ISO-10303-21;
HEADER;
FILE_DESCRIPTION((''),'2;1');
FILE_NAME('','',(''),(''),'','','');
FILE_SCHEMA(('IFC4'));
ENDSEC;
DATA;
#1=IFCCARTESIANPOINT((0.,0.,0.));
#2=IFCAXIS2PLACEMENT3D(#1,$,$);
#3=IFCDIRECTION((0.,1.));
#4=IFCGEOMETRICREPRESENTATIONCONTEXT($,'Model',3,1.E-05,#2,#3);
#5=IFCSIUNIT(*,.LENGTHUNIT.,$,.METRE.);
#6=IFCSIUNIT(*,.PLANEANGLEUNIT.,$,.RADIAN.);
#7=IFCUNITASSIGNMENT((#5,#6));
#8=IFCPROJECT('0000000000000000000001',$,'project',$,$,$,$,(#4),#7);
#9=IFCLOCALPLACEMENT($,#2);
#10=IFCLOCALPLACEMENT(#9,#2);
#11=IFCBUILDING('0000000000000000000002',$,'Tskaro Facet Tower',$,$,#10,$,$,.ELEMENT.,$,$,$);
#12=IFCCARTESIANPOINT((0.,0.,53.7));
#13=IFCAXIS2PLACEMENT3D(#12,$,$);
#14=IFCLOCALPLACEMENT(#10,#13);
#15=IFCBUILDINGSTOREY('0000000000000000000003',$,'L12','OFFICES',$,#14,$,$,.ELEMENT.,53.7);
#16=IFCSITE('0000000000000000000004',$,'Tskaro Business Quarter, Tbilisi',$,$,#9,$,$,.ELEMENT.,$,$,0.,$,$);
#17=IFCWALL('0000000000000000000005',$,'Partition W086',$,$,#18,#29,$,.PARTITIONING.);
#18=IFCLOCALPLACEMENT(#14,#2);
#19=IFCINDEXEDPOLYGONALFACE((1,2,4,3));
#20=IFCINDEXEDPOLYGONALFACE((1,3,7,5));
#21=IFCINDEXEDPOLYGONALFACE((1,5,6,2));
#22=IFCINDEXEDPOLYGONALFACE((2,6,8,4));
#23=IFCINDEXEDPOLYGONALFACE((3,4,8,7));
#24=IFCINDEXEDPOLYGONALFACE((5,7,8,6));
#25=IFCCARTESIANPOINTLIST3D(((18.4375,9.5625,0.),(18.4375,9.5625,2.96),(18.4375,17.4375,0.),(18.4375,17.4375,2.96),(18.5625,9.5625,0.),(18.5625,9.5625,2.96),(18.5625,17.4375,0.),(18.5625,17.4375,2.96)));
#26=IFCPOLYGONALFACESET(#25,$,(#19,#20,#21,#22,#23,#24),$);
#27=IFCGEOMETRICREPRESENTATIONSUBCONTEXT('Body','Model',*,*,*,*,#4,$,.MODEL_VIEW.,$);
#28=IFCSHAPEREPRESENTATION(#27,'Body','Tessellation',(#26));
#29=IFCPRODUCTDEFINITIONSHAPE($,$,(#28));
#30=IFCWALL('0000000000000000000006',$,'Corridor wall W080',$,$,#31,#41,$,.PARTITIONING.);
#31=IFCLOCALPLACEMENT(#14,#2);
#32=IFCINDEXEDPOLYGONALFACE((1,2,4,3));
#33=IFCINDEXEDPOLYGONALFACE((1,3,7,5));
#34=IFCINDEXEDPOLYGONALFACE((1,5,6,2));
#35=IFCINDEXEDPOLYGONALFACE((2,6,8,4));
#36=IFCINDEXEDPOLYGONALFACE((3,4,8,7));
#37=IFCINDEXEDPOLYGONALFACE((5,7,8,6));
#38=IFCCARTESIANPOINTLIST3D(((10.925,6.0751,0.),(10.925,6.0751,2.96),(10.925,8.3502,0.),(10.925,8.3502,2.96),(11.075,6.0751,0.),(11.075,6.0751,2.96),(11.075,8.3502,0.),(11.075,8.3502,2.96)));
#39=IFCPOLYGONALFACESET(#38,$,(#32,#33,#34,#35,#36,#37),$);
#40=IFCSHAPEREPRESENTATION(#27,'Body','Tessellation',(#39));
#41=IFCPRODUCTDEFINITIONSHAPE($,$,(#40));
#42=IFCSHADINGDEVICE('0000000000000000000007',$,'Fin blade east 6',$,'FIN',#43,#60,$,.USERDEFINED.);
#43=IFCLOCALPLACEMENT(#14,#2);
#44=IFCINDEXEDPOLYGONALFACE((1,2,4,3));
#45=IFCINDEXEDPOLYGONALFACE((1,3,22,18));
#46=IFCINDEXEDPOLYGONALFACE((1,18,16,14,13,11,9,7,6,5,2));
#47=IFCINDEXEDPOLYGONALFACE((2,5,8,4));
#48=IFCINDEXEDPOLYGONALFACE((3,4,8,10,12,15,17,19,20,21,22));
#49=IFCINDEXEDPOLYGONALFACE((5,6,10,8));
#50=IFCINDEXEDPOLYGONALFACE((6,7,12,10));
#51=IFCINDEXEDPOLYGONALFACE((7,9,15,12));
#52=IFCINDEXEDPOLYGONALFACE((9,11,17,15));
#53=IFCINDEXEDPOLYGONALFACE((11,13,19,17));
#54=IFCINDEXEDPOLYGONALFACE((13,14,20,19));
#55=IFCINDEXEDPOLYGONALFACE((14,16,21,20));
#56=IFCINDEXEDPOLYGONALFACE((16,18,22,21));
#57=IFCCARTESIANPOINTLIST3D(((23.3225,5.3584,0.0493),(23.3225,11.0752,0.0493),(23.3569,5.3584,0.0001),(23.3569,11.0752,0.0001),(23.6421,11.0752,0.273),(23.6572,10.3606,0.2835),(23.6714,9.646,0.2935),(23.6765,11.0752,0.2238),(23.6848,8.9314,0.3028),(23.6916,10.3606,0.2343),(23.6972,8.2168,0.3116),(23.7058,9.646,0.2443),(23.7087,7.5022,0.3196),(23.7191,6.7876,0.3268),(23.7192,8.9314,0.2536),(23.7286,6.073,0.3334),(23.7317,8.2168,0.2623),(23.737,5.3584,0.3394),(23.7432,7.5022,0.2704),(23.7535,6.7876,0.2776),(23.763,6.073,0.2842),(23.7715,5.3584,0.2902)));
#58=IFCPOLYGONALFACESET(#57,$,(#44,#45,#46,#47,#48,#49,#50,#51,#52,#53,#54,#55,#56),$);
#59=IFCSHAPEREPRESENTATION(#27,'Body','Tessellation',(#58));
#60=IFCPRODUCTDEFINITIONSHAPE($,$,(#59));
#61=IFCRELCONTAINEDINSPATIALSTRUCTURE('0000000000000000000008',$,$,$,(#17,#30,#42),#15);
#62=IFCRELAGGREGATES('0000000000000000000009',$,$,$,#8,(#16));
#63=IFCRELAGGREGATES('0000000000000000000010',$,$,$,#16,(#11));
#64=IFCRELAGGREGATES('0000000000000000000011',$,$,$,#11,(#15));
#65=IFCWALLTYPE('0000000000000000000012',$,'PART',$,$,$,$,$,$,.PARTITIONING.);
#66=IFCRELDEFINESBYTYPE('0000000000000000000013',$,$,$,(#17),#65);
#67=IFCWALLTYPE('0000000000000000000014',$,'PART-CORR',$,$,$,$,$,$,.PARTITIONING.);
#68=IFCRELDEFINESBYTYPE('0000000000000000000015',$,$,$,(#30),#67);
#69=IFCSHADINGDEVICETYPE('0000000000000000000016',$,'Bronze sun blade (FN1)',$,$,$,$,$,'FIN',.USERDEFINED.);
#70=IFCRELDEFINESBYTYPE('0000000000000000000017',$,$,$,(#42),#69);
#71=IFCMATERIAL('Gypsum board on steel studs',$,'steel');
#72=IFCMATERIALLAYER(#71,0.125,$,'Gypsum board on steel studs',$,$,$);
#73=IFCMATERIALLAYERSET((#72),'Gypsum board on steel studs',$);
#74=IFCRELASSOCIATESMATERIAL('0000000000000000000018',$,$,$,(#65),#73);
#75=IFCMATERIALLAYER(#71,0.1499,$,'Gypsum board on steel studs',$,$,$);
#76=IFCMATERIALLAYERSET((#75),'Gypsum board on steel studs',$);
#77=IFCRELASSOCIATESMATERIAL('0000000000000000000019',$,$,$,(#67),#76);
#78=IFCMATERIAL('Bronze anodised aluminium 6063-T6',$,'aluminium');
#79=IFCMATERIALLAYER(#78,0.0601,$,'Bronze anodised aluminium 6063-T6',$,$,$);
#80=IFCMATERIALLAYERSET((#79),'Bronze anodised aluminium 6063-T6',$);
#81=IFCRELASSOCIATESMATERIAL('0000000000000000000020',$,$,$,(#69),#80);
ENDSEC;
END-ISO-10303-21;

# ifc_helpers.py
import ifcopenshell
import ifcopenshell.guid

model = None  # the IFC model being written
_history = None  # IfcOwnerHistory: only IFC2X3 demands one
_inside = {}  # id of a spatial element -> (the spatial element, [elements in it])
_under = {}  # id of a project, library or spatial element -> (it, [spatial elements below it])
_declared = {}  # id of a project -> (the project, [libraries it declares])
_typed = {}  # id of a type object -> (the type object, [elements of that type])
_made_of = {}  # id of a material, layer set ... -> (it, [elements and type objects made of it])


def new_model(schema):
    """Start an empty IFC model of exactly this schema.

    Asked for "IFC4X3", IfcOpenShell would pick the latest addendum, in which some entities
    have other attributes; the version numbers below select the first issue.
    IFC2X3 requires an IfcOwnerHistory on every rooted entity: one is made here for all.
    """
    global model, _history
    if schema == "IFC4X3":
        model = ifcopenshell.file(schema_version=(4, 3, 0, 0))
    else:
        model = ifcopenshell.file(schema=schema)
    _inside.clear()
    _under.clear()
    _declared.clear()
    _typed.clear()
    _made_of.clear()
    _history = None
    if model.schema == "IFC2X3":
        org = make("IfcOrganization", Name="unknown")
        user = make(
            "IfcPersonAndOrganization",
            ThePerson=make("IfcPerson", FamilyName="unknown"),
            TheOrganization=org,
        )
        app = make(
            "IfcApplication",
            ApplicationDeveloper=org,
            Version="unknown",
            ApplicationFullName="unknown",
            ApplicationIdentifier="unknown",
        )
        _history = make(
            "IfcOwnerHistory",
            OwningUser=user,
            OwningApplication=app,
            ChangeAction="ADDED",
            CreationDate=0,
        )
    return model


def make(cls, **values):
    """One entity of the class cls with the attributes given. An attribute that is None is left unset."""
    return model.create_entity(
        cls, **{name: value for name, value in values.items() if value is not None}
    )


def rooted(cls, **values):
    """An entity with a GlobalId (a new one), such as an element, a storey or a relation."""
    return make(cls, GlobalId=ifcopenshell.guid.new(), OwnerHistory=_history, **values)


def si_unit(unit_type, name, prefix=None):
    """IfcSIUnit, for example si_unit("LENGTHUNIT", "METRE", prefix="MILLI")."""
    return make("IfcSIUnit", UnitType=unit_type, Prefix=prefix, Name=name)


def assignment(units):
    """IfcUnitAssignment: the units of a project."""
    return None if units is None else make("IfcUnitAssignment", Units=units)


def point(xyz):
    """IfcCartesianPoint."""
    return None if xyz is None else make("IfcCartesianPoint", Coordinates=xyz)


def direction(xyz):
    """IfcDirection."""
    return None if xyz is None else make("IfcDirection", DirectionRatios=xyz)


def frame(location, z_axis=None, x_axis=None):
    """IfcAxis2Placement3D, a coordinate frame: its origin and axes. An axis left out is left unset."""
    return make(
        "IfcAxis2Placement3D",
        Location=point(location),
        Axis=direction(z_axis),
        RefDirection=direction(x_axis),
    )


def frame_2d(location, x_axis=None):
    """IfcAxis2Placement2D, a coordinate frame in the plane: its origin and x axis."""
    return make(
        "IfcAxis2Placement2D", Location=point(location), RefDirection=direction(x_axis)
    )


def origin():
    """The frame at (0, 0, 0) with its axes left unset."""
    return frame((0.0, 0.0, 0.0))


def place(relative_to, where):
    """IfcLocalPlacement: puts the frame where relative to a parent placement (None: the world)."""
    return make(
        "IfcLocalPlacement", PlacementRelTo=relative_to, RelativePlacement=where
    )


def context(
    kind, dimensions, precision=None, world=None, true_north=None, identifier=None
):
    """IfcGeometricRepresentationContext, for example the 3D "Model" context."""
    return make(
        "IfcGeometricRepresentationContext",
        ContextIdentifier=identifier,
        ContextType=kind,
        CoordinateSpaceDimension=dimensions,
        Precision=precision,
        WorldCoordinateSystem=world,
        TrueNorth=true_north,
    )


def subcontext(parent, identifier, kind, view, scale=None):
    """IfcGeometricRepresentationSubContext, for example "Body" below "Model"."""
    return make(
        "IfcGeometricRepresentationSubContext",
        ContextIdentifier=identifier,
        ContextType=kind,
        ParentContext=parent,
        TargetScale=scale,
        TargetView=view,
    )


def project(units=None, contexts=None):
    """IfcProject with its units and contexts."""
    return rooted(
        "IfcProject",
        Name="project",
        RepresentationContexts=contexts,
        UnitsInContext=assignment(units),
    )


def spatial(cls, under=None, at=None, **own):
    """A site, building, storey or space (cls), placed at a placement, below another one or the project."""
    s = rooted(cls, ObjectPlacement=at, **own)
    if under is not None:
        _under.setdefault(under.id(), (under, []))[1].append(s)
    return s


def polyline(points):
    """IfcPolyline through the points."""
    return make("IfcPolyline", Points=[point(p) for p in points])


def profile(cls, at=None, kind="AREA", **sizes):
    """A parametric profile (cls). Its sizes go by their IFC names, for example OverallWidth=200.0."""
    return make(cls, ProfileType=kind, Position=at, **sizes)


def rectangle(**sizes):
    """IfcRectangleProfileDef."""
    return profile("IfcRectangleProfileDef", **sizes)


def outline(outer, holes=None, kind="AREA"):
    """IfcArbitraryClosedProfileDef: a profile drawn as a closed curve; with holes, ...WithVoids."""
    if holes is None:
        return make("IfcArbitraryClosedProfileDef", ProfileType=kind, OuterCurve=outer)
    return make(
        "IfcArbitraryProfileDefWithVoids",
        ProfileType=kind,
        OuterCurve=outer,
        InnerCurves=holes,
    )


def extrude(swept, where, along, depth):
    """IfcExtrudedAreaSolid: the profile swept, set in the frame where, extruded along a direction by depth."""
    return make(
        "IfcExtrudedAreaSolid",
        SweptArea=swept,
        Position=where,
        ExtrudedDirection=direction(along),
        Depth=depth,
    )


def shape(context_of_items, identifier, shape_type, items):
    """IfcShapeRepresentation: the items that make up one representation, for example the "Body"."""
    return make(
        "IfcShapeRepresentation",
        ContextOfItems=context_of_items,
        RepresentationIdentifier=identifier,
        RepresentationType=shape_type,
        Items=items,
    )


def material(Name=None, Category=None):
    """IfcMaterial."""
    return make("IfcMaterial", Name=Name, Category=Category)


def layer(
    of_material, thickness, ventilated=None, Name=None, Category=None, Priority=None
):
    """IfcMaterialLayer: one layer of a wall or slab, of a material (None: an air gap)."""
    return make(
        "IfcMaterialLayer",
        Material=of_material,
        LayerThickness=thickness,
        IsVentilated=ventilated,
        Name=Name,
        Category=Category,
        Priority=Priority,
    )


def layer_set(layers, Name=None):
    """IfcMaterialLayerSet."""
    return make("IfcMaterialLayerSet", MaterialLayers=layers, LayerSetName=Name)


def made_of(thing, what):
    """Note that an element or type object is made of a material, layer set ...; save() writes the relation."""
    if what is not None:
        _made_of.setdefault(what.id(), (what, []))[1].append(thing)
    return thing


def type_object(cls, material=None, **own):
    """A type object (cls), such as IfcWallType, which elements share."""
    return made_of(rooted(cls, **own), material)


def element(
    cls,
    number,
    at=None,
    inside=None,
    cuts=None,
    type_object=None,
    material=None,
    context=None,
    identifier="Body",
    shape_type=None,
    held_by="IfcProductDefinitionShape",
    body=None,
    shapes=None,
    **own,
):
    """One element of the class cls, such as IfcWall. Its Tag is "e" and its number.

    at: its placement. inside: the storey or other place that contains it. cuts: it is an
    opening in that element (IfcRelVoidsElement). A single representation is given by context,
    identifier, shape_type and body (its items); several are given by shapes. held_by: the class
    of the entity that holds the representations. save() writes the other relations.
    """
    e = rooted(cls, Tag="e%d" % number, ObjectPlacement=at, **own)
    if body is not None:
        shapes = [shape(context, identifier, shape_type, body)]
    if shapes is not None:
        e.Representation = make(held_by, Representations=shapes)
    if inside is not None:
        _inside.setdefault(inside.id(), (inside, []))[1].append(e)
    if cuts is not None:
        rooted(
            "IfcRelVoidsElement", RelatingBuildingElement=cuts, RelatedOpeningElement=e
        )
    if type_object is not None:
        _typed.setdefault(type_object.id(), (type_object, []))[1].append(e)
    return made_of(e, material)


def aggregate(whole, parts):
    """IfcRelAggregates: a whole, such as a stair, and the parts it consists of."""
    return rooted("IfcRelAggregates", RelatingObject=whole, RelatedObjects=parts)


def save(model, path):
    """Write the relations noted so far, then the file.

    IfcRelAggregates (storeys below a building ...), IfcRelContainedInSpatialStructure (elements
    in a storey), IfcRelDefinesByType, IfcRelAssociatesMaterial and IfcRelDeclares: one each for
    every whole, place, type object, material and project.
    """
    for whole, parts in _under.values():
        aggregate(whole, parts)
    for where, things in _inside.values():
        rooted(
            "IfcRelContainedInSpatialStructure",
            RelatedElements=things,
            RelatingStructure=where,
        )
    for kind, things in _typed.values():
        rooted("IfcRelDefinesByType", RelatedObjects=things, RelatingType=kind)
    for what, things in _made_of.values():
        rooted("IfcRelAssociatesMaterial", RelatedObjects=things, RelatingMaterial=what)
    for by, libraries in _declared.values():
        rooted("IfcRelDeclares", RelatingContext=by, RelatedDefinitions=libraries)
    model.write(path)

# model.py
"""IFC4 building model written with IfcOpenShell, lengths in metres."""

from ifc_helpers import new_model, si_unit, direction, frame, frame_2d, origin, place, context, subcontext, project, spatial, polyline, rectangle, outline, extrude, material, layer, layer_set, type_object, element, save


model = new_model("IFC4")

# Units and contexts
model_context = context("Model", 3, precision=1e-05, world=origin(), true_north=direction((0.0, 1.0)))
body_context = subcontext(model_context, "Body", "Model", "MODEL_VIEW")
ifc_project = project(units=[si_unit("LENGTHUNIT", "METRE"), si_unit("PLANEANGLEUNIT", "RADIAN")], contexts=[model_context])

# Site, building, storey
site_placement = place(None, origin())
site = spatial("IfcSite", under=ifc_project, at=site_placement, Name="Tskaro Business Quarter, Tbilisi", CompositionType="ELEMENT", RefElevation=0.0)
building_placement = place(site_placement, origin())
building = spatial("IfcBuilding", under=site, at=building_placement, Name="Tskaro Facet Tower", CompositionType="ELEMENT")
storey_placement = place(building_placement, frame((0.0, 0.0, 53.7)))
storey = spatial("IfcBuildingStorey", under=building, at=storey_placement, Name="L12", Description="OFFICES", CompositionType="ELEMENT", Elevation=53.7)

# Shared definitions
ifc_material_1 = material(Name="Bronze anodised aluminium 6063-T6", Category="aluminium")

# Shared definitions
ifc_material_2 = material(Name="Gypsum board on steel studs", Category="steel")
ifc_layer_1 = layer(ifc_material_2, 0.125, Name="Gypsum board on steel studs")
ifc_layer_set_1 = layer_set([ifc_layer_1], Name="Gypsum board on steel studs")
wall_type_1 = type_object("IfcWallType", Name="PART", PredefinedType="PARTITIONING", material=ifc_layer_set_1)

# Walls
wall_1_placement = place(storey_placement, frame((18.5, 9.5625, 0.0), z_axis=(0.0, 0.0, 1.0), x_axis=(0.0, 1.0, 0.0)))
element("IfcWall", 1, at=wall_1_placement, inside=storey, type_object=wall_type_1, Name="Partition W086", PredefinedType="PARTITIONING", context=body_context, shape_type="SweptSolid", body=[
    extrude(rectangle(XDim=7.875, YDim=0.125, at=frame_2d((3.9375, 0.0))), origin(), (0.0, 0.0, 1.0), 2.96),
])
ifc_layer_2 = layer(ifc_material_2, 0.1499, Name="Gypsum board on steel studs")
ifc_layer_set_2 = layer_set([ifc_layer_2], Name="Gypsum board on steel studs")
wall_type_2 = type_object("IfcWallType", Name="PART-CORR", PredefinedType="PARTITIONING", material=ifc_layer_set_2)
wall_2_placement = place(storey_placement, frame((11.0, 6.075, 0.0), z_axis=(0.0, 0.0, 1.0), x_axis=(0.0, 1.0, 0.0)))
element("IfcWall", 2, at=wall_2_placement, inside=storey, type_object=wall_type_2, Name="Corridor wall W080", PredefinedType="PARTITIONING", context=body_context, shape_type="SweptSolid", body=[
    extrude(rectangle(XDim=2.2751, YDim=0.1499, at=frame_2d((1.1377, 0.0))), origin(), (0.0, 0.0, 1.0), 2.96),
])

# Shading device
ifc_layer_3 = layer(ifc_material_1, 0.0601, Name="Bronze anodised aluminium 6063-T6")
ifc_layer_set_3 = layer_set([ifc_layer_3], Name="Bronze anodised aluminium 6063-T6")
shading_device_type = type_object("IfcShadingDeviceType", Name="Bronze sun blade (FN1)", ElementType="FIN", PredefinedType="USERDEFINED", material=ifc_layer_set_3)
shading_device_placement = place(storey_placement, frame((23.3225, 5.3584, 0.0493), z_axis=(-0.573325, -0.000004, 0.819328), x_axis=(-0.000002, 1.0, 0.000003)))
element("IfcShadingDevice", 3, at=shading_device_placement, inside=storey, type_object=shading_device_type, Name="Fin blade east 6", ObjectType="FIN", PredefinedType="USERDEFINED", context=body_context, shape_type="SweptSolid", body=[
    extrude(outline(polyline([(0.0, 0.0), (5.7168, 0.0), (5.7168, -0.3901), (5.0022, -0.4085), (4.2876, -0.4258), (3.573, -0.4421), (2.8584, -0.4574), (2.1438, -0.4714), (1.4292, -0.484), (0.7146, -0.4956), (0.0, -0.5059), (0.0, 0.0)])), origin(), (0.0, 0.0, -1.0), 0.0601),
])

save(model, "model.ifc")
